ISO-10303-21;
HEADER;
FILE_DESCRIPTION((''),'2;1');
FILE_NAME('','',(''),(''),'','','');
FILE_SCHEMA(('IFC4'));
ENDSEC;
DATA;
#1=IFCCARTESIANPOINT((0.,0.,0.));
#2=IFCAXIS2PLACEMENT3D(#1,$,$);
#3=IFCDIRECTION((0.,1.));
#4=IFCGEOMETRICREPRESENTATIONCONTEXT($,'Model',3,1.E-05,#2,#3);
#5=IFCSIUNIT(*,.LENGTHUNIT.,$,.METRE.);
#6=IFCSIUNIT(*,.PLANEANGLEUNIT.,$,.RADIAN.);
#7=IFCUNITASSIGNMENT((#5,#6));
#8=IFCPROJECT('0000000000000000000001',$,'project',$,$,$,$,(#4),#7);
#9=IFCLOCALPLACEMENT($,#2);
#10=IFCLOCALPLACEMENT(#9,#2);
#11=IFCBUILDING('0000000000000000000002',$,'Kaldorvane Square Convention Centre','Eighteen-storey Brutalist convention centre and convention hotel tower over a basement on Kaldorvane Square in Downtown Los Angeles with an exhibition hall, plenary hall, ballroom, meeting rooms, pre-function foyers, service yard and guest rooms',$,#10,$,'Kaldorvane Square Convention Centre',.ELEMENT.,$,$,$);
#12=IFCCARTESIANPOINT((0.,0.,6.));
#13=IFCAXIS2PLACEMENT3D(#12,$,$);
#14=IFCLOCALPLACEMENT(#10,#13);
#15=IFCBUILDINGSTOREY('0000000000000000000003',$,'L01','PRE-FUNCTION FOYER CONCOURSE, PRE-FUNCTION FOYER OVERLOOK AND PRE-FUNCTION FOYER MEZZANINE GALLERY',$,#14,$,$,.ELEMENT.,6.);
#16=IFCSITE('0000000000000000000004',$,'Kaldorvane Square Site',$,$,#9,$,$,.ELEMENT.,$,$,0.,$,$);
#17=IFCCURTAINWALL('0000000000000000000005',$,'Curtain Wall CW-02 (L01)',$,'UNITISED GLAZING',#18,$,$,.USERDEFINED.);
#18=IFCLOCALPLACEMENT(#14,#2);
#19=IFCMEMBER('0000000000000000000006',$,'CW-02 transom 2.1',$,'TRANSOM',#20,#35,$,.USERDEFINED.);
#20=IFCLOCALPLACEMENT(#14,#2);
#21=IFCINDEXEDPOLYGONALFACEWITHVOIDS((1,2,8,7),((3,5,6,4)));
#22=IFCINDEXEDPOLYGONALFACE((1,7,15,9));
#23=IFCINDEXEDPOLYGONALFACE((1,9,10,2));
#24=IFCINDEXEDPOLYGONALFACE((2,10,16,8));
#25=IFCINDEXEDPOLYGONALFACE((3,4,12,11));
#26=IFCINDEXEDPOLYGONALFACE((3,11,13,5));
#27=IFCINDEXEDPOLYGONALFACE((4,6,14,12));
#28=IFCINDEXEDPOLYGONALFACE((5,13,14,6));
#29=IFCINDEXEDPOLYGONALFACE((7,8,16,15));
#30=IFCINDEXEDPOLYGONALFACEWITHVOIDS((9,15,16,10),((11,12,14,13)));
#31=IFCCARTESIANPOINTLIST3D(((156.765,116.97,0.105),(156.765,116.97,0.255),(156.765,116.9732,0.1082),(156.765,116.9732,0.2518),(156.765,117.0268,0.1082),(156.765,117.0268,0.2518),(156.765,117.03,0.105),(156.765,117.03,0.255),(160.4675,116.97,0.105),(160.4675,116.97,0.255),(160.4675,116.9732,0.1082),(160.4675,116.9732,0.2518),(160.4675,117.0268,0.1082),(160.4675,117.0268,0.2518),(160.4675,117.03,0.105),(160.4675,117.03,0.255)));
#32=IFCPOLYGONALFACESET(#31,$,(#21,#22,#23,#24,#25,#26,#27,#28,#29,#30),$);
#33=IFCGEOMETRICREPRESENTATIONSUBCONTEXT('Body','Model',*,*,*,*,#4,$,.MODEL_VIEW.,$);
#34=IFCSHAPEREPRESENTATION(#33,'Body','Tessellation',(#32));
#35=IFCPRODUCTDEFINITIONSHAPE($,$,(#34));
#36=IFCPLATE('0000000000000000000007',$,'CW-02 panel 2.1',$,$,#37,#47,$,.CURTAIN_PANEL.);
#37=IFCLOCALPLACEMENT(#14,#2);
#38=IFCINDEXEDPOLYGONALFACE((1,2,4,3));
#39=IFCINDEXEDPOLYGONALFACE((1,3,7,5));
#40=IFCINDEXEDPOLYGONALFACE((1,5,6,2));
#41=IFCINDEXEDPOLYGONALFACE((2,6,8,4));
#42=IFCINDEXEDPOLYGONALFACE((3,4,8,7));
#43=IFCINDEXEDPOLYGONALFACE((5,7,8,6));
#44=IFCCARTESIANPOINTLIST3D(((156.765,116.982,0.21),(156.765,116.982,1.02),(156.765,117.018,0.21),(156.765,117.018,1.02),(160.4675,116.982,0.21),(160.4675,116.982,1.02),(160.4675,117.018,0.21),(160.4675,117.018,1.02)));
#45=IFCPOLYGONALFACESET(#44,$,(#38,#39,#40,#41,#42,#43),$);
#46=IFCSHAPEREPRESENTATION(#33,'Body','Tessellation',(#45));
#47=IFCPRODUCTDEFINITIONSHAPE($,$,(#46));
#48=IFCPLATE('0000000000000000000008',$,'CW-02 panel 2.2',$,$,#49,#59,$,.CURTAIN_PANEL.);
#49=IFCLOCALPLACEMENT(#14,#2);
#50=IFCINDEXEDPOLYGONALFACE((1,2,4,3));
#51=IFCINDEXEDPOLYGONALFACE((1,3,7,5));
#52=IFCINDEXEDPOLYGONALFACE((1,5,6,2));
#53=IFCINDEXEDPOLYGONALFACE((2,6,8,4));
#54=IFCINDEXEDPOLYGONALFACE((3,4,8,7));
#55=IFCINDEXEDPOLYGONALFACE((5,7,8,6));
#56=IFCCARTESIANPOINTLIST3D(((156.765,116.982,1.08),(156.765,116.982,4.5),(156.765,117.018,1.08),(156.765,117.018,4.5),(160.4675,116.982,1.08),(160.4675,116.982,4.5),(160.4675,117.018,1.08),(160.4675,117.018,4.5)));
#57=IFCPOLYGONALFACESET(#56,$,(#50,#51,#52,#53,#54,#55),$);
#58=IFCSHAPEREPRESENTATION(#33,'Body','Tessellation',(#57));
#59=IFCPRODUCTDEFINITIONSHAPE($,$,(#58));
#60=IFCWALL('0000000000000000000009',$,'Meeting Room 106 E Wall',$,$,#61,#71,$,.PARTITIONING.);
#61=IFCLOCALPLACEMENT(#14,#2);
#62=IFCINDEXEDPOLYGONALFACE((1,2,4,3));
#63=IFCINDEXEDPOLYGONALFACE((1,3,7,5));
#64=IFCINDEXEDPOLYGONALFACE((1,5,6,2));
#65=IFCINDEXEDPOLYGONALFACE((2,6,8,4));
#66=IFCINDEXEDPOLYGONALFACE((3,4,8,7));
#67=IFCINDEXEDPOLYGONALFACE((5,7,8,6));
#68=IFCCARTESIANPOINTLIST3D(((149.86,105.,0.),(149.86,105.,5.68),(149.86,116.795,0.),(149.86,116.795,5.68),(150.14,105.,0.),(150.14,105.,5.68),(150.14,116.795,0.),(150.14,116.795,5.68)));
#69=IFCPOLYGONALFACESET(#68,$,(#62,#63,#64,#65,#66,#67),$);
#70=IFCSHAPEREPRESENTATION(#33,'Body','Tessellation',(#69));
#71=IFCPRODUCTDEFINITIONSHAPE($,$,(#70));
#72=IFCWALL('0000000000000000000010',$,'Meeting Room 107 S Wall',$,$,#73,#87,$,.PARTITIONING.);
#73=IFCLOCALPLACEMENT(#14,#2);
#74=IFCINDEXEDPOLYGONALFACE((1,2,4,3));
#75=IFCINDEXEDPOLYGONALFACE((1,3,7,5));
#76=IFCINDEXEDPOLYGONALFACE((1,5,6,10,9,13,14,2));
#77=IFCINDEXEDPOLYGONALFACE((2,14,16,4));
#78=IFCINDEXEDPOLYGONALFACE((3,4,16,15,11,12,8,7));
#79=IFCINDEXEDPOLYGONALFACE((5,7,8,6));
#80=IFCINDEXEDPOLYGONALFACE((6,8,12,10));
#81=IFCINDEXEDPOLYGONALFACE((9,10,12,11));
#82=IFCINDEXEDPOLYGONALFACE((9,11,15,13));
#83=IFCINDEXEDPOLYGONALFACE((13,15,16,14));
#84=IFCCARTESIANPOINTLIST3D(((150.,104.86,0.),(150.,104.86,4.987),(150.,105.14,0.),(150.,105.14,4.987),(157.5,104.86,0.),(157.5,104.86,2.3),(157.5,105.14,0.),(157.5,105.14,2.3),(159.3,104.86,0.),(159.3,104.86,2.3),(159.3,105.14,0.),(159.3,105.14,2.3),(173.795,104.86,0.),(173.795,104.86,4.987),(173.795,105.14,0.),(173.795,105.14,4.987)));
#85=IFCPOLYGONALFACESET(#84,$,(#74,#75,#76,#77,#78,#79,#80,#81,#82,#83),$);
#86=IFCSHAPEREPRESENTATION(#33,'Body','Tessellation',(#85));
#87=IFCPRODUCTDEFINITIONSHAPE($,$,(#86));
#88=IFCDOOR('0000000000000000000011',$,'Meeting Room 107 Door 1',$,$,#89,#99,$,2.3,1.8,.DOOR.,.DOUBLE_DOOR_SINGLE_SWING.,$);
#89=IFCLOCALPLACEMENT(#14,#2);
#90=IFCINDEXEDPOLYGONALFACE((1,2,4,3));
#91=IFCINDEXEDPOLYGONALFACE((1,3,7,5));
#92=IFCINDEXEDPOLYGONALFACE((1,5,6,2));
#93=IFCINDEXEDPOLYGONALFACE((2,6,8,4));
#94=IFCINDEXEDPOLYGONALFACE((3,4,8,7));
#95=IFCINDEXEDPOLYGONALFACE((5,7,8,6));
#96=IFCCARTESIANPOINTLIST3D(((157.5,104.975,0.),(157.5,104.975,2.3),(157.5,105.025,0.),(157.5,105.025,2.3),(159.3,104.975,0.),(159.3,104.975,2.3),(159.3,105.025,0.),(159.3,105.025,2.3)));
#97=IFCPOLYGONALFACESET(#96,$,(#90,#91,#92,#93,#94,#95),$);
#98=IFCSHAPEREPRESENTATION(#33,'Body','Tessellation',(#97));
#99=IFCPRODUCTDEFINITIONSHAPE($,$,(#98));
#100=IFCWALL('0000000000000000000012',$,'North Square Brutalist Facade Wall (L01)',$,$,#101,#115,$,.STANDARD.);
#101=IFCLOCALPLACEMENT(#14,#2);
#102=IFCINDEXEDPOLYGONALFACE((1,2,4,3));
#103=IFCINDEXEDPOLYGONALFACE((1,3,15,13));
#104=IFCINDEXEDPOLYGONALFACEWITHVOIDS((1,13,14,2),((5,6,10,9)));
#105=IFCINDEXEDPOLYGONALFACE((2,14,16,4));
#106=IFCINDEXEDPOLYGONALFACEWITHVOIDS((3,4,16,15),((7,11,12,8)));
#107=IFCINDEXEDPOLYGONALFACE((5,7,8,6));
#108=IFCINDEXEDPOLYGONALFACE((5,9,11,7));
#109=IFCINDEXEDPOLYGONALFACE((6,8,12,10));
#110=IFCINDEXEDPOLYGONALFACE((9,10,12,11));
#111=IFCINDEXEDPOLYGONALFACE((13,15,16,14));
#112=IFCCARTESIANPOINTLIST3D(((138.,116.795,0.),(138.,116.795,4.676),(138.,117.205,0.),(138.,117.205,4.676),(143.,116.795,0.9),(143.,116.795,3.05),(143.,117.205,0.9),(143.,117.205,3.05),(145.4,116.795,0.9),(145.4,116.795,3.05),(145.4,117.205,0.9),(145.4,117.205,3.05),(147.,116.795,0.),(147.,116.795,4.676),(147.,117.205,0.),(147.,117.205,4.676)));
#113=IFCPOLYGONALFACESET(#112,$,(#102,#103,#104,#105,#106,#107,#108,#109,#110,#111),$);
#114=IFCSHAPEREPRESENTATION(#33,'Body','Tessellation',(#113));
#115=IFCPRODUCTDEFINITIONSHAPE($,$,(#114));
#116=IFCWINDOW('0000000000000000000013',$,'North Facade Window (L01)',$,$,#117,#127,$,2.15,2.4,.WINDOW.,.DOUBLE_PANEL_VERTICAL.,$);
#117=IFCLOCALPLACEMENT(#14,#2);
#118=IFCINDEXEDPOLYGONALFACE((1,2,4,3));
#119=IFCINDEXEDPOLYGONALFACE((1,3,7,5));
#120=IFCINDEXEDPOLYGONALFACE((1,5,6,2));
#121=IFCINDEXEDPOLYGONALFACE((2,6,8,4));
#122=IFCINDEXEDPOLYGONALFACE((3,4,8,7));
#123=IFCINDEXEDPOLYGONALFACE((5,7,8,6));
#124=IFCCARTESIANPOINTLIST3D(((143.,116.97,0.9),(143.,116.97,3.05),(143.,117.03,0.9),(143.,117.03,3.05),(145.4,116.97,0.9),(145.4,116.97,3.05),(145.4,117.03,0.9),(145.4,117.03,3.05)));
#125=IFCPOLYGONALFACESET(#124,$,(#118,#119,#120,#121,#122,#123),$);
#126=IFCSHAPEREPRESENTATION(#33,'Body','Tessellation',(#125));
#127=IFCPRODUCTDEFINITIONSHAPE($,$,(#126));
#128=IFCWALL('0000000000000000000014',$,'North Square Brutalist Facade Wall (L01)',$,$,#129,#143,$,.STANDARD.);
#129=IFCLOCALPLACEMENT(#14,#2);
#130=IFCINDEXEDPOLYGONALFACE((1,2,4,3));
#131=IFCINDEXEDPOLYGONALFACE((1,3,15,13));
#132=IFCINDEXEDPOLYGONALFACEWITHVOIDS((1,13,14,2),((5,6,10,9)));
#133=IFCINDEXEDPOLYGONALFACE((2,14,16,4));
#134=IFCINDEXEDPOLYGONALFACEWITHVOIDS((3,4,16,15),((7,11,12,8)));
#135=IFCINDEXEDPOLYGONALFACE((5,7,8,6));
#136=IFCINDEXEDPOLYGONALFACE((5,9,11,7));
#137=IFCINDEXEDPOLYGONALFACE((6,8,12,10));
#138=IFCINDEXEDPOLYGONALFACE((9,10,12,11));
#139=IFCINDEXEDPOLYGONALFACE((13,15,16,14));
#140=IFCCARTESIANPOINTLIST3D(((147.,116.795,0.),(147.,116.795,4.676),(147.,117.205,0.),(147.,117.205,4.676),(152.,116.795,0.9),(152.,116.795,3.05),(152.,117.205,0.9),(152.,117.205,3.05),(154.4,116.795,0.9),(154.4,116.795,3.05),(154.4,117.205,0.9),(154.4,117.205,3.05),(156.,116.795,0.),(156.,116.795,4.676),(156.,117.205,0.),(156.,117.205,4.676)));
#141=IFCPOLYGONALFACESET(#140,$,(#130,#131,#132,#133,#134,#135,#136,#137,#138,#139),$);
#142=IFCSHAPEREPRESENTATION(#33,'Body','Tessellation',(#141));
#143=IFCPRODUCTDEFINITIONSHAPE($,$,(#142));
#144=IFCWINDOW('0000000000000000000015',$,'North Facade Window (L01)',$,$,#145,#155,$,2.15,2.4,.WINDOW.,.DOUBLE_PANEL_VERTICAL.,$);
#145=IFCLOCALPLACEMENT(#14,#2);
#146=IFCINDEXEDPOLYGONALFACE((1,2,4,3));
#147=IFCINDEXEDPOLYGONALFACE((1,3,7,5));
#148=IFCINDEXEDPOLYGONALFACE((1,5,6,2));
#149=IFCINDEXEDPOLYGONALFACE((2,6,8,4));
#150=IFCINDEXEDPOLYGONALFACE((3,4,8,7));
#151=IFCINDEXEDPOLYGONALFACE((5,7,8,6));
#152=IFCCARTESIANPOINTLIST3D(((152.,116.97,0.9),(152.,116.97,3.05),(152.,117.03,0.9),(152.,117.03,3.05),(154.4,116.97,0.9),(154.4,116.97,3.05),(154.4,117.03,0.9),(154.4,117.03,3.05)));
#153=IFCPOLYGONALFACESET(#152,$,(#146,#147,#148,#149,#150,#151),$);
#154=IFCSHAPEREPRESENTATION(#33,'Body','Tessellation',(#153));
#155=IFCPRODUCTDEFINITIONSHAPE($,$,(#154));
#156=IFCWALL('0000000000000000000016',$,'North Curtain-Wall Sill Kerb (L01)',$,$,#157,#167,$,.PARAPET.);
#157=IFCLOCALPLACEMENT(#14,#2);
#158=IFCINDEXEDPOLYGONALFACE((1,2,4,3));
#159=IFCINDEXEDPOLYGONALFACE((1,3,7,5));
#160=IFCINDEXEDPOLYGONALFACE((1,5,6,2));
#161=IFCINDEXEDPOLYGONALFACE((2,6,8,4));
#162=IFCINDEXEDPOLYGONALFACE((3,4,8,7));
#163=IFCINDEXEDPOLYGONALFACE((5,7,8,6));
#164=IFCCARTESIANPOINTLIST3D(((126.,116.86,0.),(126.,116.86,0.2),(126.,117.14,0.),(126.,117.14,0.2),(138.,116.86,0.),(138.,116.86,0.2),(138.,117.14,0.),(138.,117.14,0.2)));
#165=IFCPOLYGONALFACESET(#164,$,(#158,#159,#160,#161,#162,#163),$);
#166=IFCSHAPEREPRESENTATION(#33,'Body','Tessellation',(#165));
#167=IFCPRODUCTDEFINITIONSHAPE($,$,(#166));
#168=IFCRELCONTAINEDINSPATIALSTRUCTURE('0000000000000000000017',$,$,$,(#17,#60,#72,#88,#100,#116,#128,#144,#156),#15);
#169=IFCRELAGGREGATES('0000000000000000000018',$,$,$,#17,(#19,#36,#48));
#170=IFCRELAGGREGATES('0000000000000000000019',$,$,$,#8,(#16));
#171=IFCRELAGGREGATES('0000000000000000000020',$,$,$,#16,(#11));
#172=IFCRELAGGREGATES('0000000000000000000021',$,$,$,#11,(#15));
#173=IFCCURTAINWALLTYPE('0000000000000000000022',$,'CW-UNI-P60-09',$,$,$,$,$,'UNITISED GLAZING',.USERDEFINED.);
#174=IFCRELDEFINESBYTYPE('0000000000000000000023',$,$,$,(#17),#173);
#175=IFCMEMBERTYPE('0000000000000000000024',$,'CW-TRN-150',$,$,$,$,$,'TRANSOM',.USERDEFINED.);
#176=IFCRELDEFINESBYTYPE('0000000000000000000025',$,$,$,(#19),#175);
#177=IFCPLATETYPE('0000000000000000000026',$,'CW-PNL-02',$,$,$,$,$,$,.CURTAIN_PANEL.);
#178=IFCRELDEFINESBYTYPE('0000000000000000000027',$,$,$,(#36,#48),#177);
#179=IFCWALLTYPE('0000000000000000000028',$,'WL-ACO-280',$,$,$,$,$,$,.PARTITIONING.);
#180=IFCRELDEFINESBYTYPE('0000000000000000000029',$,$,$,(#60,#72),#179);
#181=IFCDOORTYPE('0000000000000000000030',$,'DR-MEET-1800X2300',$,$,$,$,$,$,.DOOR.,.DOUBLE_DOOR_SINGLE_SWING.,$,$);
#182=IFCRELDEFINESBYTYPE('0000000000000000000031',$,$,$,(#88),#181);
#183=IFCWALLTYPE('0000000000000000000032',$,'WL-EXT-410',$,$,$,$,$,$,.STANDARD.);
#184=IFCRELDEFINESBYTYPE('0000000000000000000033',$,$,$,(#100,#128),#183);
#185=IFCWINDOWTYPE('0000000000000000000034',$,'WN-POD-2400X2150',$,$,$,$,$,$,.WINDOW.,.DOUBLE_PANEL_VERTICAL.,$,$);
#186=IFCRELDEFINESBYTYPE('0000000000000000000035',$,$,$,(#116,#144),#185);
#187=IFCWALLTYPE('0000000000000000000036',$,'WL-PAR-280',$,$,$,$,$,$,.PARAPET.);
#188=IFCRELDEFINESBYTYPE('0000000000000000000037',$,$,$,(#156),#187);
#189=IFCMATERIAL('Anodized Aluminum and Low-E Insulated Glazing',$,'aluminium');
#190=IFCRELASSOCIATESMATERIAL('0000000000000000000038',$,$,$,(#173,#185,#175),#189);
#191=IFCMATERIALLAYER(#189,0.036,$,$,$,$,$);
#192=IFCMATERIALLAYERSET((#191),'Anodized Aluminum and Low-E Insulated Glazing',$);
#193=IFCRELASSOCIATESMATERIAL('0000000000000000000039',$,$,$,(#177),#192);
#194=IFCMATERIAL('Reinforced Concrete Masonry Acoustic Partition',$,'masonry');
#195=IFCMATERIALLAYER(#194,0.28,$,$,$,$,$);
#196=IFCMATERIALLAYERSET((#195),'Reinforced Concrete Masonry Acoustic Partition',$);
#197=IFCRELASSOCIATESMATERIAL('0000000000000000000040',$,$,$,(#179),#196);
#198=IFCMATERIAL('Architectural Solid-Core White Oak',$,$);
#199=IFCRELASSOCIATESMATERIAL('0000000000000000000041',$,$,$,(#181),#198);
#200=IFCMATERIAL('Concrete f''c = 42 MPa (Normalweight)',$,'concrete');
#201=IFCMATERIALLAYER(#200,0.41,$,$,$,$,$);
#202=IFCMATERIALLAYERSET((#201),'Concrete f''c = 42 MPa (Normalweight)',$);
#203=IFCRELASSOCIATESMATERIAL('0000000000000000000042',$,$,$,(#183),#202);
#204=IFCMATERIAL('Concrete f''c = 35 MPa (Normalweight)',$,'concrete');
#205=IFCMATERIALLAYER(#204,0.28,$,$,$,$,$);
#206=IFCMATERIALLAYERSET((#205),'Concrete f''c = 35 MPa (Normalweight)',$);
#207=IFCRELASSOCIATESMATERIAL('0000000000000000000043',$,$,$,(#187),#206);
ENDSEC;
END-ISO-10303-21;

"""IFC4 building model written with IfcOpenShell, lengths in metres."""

from ifc_helpers import new_model, si_unit, direction, frame, frame_2d, origin, origin_2d, place, context, subcontext, project, spatial, rectangle, hollow_rectangle, extrude, material, layer, layer_set, material_profile, profile_set, type_object, element, fill, aggregate, save


model = new_model("IFC4")

# Units and contexts
model_context = context("Model", 3, precision=1e-05, world=origin(), true_north=direction((0.0, 1.0)))
body_context = subcontext(model_context, "Body", "Model", "MODEL_VIEW")
ifc_project = project(units=[si_unit("LENGTHUNIT", "METRE"), si_unit("PLANEANGLEUNIT", "RADIAN")], contexts=[model_context])

# Site, building, storey
site_placement = place(None, origin())
site = spatial("IfcSite", under=ifc_project, at=site_placement, Name="Kaldorvane Square Site", CompositionType="ELEMENT", RefElevation=0.0)
building_placement = place(site_placement, origin())
building = spatial("IfcBuilding", under=site, at=building_placement, Name="Kaldorvane Square Convention Centre", Description="Eighteen-storey Brutalist convention centre and convention hotel tower over a basement on Kaldorvane Square in Downtown Los Angeles with an exhibition hall, plenary hall, ballroom, meeting rooms, pre-function foyers, service yard and guest rooms", LongName="Kaldorvane Square Convention Centre", CompositionType="ELEMENT")
storey_placement = place(building_placement, frame((0.0, 0.0, 6.0)))
storey = spatial("IfcBuildingStorey", under=building, at=storey_placement, Name="L01", Description="PRE-FUNCTION FOYER CONCOURSE, PRE-FUNCTION FOYER OVERLOOK AND PRE-FUNCTION FOYER MEZZANINE GALLERY", CompositionType="ELEMENT", Elevation=6.0)

# Shared definitions
ifc_material_1 = material(Name="Concrete f'c = 42 MPa (Normalweight)", Category="concrete")

# Curtain wall, member, plates
ifc_material_2 = material(Name="Anodized Aluminum and Low-E Insulated Glazing", Category="aluminium")
curtain_wall_type = type_object("IfcCurtainWallType", Name="CW-UNI-P60-09", ElementType="UNITISED GLAZING", PredefinedType="USERDEFINED", material=ifc_material_2)
curtain_wall_placement = place(storey_placement, origin())
curtain_wall = element("IfcCurtainWall", 1, at=curtain_wall_placement, inside=storey, type_object=curtain_wall_type, Name="Curtain Wall CW-02 (L01)", ObjectType="UNITISED GLAZING", PredefinedType="USERDEFINED")
ifc_material_profile_1 = material_profile(ifc_material_2, hollow_rectangle(XDim=0.06, YDim=0.15, WallThickness=0.0032, at=origin_2d()), Name="CWT-150X60")
ifc_profile_set_1 = profile_set([ifc_material_profile_1], Name="Anodized Aluminum and Low-E Insulated Glazing")
member_type_1 = type_object("IfcMemberType", Name="CW-TRN-150", ElementType="TRANSOM", PredefinedType="USERDEFINED", material=ifc_profile_set_1)
member_1_placement = place(storey_placement, frame((160.4675, 117.0, 0.18), z_axis=(-1.0, 0.0, 0.0), x_axis=(0.0, -1.0, 0.0)))
member_1 = element("IfcMember", 2, at=member_1_placement, type_object=member_type_1, Name="CW-02 transom 2.1", ObjectType="TRANSOM", PredefinedType="USERDEFINED", context=body_context, shape_type="SweptSolid", body=[
    extrude(hollow_rectangle(XDim=0.06, YDim=0.15, WallThickness=0.0032, at=origin_2d()), origin(), (0.0, 0.0, 1.0), 3.7025),
])
ifc_layer_1 = layer(ifc_material_2, 0.036)
ifc_layer_set_1 = layer_set([ifc_layer_1], Name="Anodized Aluminum and Low-E Insulated Glazing")
plate_type = type_object("IfcPlateType", Name="CW-PNL-02", PredefinedType="CURTAIN_PANEL", material=ifc_layer_set_1)
plate_1_placement = place(storey_placement, frame((158.6163, 117.0, 0.21), z_axis=(0.0, 0.0, 1.0), x_axis=(-1.0, 0.0, 0.0)))
plate_1 = element("IfcPlate", 3, at=plate_1_placement, type_object=plate_type, Name="CW-02 panel 2.1", PredefinedType="CURTAIN_PANEL", context=body_context, shape_type="SweptSolid", body=[
    extrude(rectangle(XDim=3.7025, YDim=0.036, at=origin_2d()), origin(), (0.0, 0.0, 1.0), 0.81),
])
plate_2_placement = place(storey_placement, frame((158.6163, 117.0, 1.08), z_axis=(0.0, 0.0, 1.0), x_axis=(-1.0, 0.0, 0.0)))
plate_2 = element("IfcPlate", 4, at=plate_2_placement, type_object=plate_type, Name="CW-02 panel 2.2", PredefinedType="CURTAIN_PANEL", context=body_context, shape_type="SweptSolid", body=[
    extrude(rectangle(XDim=3.7025, YDim=0.036, at=origin_2d()), origin(), (0.0, 0.0, 1.0), 3.42),
])
aggregate(curtain_wall, [member_1, plate_1, plate_2])

# Wall
ifc_material_3 = material(Name="Reinforced Concrete Masonry Acoustic Partition", Category="masonry")
ifc_layer_2 = layer(ifc_material_3, 0.28)
ifc_layer_set_2 = layer_set([ifc_layer_2], Name="Reinforced Concrete Masonry Acoustic Partition")
wall_type_1 = type_object("IfcWallType", Name="WL-ACO-280", PredefinedType="PARTITIONING", material=ifc_layer_set_2)
wall_1_placement = place(storey_placement, frame((150.0, 105.0, 0.0), z_axis=(0.0, 0.0, 1.0), x_axis=(0.0, 1.0, 0.0)))
element("IfcWall", 5, at=wall_1_placement, inside=storey, type_object=wall_type_1, Name="Meeting Room 106 E Wall", PredefinedType="PARTITIONING", context=body_context, shape_type="SweptSolid", body=[
    extrude(rectangle(XDim=11.795, YDim=0.28, at=frame_2d((5.8975, 0.0))), origin(), (0.0, 0.0, 1.0), 5.68),
])

# Wall, opening, door
wall_2_placement = place(storey_placement, frame((150.0, 105.0, 0.0), z_axis=(0.0, 0.0, 1.0), x_axis=(1.0, 0.0, 0.0)))
wall_2 = element("IfcWall", 6, at=wall_2_placement, inside=storey, type_object=wall_type_1, Name="Meeting Room 107 S Wall", PredefinedType="PARTITIONING", context=body_context, shape_type="SweptSolid", body=[
    extrude(rectangle(XDim=23.795, YDim=0.28, at=frame_2d((11.8975, 0.0))), origin(), (0.0, 0.0, 1.0), 4.987),
])
opening_1_placement = place(wall_2_placement, frame((7.5, 0.0, 0.0)))
opening_1 = element("IfcOpeningElement", 7, at=opening_1_placement, cuts=wall_2, PredefinedType="OPENING", context=body_context, shape_type="SweptSolid", body=[
    extrude(rectangle(XDim=1.8, YDim=2.3, at=frame_2d((0.9, 1.15))), frame((0.0, 0.155, 0.0), z_axis=(0.0, -1.0, 0.0), x_axis=(1.0, 0.0, 0.0)), (0.0, 0.0, 1.0), 0.31),
])
ifc_material_4 = material(Name="Architectural Solid-Core White Oak")
door_type = type_object("IfcDoorType", Name="DR-MEET-1800X2300", OperationType="DOUBLE_DOOR_SINGLE_SWING", PredefinedType="DOOR", material=ifc_material_4)
door_placement = place(opening_1_placement, origin())
door = element("IfcDoor", 8, at=door_placement, inside=storey, type_object=door_type, Name="Meeting Room 107 Door 1", OperationType="DOUBLE_DOOR_SINGLE_SWING", OverallHeight=2.3, OverallWidth=1.8, PredefinedType="DOOR", context=body_context, shape_type="SweptSolid", body=[
    extrude(rectangle(XDim=1.8, YDim=2.3, at=frame_2d((0.9, 1.15))), frame((0.0, 0.025, 0.0), z_axis=(0.0, -1.0, 0.0), x_axis=(1.0, 0.0, 0.0)), (0.0, 0.0, 1.0), 0.05),
])
fill(opening_1, door)

# Walls, openings, windows
ifc_layer_3 = layer(ifc_material_1, 0.41)
ifc_layer_set_3 = layer_set([ifc_layer_3], Name="Concrete f'c = 42 MPa (Normalweight)")
wall_type_2 = type_object("IfcWallType", Name="WL-EXT-410", PredefinedType="STANDARD", material=ifc_layer_set_3)
wall_3_placement = place(storey_placement, frame((147.0, 117.0, 0.0), z_axis=(0.0, 0.0, 1.0), x_axis=(-1.0, 0.0, 0.0)))
wall_3 = element("IfcWall", 9, at=wall_3_placement, inside=storey, type_object=wall_type_2, Name="North Square Brutalist Facade Wall (L01)", PredefinedType="STANDARD", context=body_context, shape_type="SweptSolid", body=[
    extrude(rectangle(XDim=9.0, YDim=0.41, at=frame_2d((4.5, 0.0))), origin(), (0.0, 0.0, 1.0), 4.676),
])
opening_2_placement = place(wall_3_placement, frame((1.6, 0.0, 0.9)))
opening_2 = element("IfcOpeningElement", 10, at=opening_2_placement, cuts=wall_3, PredefinedType="OPENING", context=body_context, shape_type="SweptSolid", body=[
    extrude(rectangle(XDim=2.4, YDim=2.15, at=frame_2d((1.2, 1.075))), frame((0.0, 0.22, 0.0), z_axis=(0.0, -1.0, 0.0), x_axis=(1.0, 0.0, 0.0)), (0.0, 0.0, 1.0), 0.44),
])
window_type = type_object("IfcWindowType", Name="WN-POD-2400X2150", PartitioningType="DOUBLE_PANEL_VERTICAL", PredefinedType="WINDOW", material=ifc_material_2)
window_1_placement = place(opening_2_placement, origin())
window_1 = element("IfcWindow", 11, at=window_1_placement, inside=storey, type_object=window_type, Name="North Facade Window (L01)", OverallHeight=2.15, OverallWidth=2.4, PartitioningType="DOUBLE_PANEL_VERTICAL", PredefinedType="WINDOW", context=body_context, shape_type="SweptSolid", body=[
    extrude(rectangle(XDim=2.4, YDim=2.15, at=frame_2d((1.2, 1.075))), frame((0.0, 0.03, 0.0), z_axis=(0.0, -1.0, 0.0), x_axis=(1.0, 0.0, 0.0)), (0.0, 0.0, 1.0), 0.06),
])
fill(opening_2, window_1)
wall_4_placement = place(storey_placement, frame((156.0, 117.0, 0.0), z_axis=(0.0, 0.0, 1.0), x_axis=(-1.0, 0.0, 0.0)))
wall_4 = element("IfcWall", 12, at=wall_4_placement, inside=storey, type_object=wall_type_2, Name="North Square Brutalist Facade Wall (L01)", PredefinedType="STANDARD", context=body_context, shape_type="SweptSolid", body=[
    extrude(rectangle(XDim=9.0, YDim=0.41, at=frame_2d((4.5, 0.0))), origin(), (0.0, 0.0, 1.0), 4.676),
])
opening_3_placement = place(wall_4_placement, frame((1.6, 0.0, 0.9)))
opening_3 = element("IfcOpeningElement", 13, at=opening_3_placement, cuts=wall_4, PredefinedType="OPENING", context=body_context, shape_type="SweptSolid", body=[
    extrude(rectangle(XDim=2.4, YDim=2.15, at=frame_2d((1.2, 1.075))), frame((0.0, 0.22, 0.0), z_axis=(0.0, -1.0, 0.0), x_axis=(1.0, 0.0, 0.0)), (0.0, 0.0, 1.0), 0.44),
])
window_2_placement = place(opening_3_placement, origin())
window_2 = element("IfcWindow", 14, at=window_2_placement, inside=storey, type_object=window_type, Name="North Facade Window (L01)", OverallHeight=2.15, OverallWidth=2.4, PartitioningType="DOUBLE_PANEL_VERTICAL", PredefinedType="WINDOW", context=body_context, shape_type="SweptSolid", body=[
    extrude(rectangle(XDim=2.4, YDim=2.15, at=frame_2d((1.2, 1.075))), frame((0.0, 0.03, 0.0), z_axis=(0.0, -1.0, 0.0), x_axis=(1.0, 0.0, 0.0)), (0.0, 0.0, 1.0), 0.06),
])
fill(opening_3, window_2)

# Wall
ifc_material_5 = material(Name="Concrete f'c = 35 MPa (Normalweight)", Category="concrete")
ifc_layer_4 = layer(ifc_material_5, 0.28)
ifc_layer_set_4 = layer_set([ifc_layer_4], Name="Concrete f'c = 35 MPa (Normalweight)")
wall_type_3 = type_object("IfcWallType", Name="WL-PAR-280", PredefinedType="PARAPET", material=ifc_layer_set_4)
wall_5_placement = place(storey_placement, frame((138.0, 117.0, 0.0), z_axis=(0.0, 0.0, 1.0), x_axis=(-1.0, 0.0, 0.0)))
element("IfcWall", 15, at=wall_5_placement, inside=storey, type_object=wall_type_3, Name="North Curtain-Wall Sill Kerb (L01)", PredefinedType="PARAPET", context=body_context, shape_type="SweptSolid", body=[
    extrude(rectangle(XDim=12.0, YDim=0.28, at=frame_2d((6.0, 0.0))), origin(), (0.0, 0.0, 1.0), 0.2),
])

save(model, "model.ifc")
